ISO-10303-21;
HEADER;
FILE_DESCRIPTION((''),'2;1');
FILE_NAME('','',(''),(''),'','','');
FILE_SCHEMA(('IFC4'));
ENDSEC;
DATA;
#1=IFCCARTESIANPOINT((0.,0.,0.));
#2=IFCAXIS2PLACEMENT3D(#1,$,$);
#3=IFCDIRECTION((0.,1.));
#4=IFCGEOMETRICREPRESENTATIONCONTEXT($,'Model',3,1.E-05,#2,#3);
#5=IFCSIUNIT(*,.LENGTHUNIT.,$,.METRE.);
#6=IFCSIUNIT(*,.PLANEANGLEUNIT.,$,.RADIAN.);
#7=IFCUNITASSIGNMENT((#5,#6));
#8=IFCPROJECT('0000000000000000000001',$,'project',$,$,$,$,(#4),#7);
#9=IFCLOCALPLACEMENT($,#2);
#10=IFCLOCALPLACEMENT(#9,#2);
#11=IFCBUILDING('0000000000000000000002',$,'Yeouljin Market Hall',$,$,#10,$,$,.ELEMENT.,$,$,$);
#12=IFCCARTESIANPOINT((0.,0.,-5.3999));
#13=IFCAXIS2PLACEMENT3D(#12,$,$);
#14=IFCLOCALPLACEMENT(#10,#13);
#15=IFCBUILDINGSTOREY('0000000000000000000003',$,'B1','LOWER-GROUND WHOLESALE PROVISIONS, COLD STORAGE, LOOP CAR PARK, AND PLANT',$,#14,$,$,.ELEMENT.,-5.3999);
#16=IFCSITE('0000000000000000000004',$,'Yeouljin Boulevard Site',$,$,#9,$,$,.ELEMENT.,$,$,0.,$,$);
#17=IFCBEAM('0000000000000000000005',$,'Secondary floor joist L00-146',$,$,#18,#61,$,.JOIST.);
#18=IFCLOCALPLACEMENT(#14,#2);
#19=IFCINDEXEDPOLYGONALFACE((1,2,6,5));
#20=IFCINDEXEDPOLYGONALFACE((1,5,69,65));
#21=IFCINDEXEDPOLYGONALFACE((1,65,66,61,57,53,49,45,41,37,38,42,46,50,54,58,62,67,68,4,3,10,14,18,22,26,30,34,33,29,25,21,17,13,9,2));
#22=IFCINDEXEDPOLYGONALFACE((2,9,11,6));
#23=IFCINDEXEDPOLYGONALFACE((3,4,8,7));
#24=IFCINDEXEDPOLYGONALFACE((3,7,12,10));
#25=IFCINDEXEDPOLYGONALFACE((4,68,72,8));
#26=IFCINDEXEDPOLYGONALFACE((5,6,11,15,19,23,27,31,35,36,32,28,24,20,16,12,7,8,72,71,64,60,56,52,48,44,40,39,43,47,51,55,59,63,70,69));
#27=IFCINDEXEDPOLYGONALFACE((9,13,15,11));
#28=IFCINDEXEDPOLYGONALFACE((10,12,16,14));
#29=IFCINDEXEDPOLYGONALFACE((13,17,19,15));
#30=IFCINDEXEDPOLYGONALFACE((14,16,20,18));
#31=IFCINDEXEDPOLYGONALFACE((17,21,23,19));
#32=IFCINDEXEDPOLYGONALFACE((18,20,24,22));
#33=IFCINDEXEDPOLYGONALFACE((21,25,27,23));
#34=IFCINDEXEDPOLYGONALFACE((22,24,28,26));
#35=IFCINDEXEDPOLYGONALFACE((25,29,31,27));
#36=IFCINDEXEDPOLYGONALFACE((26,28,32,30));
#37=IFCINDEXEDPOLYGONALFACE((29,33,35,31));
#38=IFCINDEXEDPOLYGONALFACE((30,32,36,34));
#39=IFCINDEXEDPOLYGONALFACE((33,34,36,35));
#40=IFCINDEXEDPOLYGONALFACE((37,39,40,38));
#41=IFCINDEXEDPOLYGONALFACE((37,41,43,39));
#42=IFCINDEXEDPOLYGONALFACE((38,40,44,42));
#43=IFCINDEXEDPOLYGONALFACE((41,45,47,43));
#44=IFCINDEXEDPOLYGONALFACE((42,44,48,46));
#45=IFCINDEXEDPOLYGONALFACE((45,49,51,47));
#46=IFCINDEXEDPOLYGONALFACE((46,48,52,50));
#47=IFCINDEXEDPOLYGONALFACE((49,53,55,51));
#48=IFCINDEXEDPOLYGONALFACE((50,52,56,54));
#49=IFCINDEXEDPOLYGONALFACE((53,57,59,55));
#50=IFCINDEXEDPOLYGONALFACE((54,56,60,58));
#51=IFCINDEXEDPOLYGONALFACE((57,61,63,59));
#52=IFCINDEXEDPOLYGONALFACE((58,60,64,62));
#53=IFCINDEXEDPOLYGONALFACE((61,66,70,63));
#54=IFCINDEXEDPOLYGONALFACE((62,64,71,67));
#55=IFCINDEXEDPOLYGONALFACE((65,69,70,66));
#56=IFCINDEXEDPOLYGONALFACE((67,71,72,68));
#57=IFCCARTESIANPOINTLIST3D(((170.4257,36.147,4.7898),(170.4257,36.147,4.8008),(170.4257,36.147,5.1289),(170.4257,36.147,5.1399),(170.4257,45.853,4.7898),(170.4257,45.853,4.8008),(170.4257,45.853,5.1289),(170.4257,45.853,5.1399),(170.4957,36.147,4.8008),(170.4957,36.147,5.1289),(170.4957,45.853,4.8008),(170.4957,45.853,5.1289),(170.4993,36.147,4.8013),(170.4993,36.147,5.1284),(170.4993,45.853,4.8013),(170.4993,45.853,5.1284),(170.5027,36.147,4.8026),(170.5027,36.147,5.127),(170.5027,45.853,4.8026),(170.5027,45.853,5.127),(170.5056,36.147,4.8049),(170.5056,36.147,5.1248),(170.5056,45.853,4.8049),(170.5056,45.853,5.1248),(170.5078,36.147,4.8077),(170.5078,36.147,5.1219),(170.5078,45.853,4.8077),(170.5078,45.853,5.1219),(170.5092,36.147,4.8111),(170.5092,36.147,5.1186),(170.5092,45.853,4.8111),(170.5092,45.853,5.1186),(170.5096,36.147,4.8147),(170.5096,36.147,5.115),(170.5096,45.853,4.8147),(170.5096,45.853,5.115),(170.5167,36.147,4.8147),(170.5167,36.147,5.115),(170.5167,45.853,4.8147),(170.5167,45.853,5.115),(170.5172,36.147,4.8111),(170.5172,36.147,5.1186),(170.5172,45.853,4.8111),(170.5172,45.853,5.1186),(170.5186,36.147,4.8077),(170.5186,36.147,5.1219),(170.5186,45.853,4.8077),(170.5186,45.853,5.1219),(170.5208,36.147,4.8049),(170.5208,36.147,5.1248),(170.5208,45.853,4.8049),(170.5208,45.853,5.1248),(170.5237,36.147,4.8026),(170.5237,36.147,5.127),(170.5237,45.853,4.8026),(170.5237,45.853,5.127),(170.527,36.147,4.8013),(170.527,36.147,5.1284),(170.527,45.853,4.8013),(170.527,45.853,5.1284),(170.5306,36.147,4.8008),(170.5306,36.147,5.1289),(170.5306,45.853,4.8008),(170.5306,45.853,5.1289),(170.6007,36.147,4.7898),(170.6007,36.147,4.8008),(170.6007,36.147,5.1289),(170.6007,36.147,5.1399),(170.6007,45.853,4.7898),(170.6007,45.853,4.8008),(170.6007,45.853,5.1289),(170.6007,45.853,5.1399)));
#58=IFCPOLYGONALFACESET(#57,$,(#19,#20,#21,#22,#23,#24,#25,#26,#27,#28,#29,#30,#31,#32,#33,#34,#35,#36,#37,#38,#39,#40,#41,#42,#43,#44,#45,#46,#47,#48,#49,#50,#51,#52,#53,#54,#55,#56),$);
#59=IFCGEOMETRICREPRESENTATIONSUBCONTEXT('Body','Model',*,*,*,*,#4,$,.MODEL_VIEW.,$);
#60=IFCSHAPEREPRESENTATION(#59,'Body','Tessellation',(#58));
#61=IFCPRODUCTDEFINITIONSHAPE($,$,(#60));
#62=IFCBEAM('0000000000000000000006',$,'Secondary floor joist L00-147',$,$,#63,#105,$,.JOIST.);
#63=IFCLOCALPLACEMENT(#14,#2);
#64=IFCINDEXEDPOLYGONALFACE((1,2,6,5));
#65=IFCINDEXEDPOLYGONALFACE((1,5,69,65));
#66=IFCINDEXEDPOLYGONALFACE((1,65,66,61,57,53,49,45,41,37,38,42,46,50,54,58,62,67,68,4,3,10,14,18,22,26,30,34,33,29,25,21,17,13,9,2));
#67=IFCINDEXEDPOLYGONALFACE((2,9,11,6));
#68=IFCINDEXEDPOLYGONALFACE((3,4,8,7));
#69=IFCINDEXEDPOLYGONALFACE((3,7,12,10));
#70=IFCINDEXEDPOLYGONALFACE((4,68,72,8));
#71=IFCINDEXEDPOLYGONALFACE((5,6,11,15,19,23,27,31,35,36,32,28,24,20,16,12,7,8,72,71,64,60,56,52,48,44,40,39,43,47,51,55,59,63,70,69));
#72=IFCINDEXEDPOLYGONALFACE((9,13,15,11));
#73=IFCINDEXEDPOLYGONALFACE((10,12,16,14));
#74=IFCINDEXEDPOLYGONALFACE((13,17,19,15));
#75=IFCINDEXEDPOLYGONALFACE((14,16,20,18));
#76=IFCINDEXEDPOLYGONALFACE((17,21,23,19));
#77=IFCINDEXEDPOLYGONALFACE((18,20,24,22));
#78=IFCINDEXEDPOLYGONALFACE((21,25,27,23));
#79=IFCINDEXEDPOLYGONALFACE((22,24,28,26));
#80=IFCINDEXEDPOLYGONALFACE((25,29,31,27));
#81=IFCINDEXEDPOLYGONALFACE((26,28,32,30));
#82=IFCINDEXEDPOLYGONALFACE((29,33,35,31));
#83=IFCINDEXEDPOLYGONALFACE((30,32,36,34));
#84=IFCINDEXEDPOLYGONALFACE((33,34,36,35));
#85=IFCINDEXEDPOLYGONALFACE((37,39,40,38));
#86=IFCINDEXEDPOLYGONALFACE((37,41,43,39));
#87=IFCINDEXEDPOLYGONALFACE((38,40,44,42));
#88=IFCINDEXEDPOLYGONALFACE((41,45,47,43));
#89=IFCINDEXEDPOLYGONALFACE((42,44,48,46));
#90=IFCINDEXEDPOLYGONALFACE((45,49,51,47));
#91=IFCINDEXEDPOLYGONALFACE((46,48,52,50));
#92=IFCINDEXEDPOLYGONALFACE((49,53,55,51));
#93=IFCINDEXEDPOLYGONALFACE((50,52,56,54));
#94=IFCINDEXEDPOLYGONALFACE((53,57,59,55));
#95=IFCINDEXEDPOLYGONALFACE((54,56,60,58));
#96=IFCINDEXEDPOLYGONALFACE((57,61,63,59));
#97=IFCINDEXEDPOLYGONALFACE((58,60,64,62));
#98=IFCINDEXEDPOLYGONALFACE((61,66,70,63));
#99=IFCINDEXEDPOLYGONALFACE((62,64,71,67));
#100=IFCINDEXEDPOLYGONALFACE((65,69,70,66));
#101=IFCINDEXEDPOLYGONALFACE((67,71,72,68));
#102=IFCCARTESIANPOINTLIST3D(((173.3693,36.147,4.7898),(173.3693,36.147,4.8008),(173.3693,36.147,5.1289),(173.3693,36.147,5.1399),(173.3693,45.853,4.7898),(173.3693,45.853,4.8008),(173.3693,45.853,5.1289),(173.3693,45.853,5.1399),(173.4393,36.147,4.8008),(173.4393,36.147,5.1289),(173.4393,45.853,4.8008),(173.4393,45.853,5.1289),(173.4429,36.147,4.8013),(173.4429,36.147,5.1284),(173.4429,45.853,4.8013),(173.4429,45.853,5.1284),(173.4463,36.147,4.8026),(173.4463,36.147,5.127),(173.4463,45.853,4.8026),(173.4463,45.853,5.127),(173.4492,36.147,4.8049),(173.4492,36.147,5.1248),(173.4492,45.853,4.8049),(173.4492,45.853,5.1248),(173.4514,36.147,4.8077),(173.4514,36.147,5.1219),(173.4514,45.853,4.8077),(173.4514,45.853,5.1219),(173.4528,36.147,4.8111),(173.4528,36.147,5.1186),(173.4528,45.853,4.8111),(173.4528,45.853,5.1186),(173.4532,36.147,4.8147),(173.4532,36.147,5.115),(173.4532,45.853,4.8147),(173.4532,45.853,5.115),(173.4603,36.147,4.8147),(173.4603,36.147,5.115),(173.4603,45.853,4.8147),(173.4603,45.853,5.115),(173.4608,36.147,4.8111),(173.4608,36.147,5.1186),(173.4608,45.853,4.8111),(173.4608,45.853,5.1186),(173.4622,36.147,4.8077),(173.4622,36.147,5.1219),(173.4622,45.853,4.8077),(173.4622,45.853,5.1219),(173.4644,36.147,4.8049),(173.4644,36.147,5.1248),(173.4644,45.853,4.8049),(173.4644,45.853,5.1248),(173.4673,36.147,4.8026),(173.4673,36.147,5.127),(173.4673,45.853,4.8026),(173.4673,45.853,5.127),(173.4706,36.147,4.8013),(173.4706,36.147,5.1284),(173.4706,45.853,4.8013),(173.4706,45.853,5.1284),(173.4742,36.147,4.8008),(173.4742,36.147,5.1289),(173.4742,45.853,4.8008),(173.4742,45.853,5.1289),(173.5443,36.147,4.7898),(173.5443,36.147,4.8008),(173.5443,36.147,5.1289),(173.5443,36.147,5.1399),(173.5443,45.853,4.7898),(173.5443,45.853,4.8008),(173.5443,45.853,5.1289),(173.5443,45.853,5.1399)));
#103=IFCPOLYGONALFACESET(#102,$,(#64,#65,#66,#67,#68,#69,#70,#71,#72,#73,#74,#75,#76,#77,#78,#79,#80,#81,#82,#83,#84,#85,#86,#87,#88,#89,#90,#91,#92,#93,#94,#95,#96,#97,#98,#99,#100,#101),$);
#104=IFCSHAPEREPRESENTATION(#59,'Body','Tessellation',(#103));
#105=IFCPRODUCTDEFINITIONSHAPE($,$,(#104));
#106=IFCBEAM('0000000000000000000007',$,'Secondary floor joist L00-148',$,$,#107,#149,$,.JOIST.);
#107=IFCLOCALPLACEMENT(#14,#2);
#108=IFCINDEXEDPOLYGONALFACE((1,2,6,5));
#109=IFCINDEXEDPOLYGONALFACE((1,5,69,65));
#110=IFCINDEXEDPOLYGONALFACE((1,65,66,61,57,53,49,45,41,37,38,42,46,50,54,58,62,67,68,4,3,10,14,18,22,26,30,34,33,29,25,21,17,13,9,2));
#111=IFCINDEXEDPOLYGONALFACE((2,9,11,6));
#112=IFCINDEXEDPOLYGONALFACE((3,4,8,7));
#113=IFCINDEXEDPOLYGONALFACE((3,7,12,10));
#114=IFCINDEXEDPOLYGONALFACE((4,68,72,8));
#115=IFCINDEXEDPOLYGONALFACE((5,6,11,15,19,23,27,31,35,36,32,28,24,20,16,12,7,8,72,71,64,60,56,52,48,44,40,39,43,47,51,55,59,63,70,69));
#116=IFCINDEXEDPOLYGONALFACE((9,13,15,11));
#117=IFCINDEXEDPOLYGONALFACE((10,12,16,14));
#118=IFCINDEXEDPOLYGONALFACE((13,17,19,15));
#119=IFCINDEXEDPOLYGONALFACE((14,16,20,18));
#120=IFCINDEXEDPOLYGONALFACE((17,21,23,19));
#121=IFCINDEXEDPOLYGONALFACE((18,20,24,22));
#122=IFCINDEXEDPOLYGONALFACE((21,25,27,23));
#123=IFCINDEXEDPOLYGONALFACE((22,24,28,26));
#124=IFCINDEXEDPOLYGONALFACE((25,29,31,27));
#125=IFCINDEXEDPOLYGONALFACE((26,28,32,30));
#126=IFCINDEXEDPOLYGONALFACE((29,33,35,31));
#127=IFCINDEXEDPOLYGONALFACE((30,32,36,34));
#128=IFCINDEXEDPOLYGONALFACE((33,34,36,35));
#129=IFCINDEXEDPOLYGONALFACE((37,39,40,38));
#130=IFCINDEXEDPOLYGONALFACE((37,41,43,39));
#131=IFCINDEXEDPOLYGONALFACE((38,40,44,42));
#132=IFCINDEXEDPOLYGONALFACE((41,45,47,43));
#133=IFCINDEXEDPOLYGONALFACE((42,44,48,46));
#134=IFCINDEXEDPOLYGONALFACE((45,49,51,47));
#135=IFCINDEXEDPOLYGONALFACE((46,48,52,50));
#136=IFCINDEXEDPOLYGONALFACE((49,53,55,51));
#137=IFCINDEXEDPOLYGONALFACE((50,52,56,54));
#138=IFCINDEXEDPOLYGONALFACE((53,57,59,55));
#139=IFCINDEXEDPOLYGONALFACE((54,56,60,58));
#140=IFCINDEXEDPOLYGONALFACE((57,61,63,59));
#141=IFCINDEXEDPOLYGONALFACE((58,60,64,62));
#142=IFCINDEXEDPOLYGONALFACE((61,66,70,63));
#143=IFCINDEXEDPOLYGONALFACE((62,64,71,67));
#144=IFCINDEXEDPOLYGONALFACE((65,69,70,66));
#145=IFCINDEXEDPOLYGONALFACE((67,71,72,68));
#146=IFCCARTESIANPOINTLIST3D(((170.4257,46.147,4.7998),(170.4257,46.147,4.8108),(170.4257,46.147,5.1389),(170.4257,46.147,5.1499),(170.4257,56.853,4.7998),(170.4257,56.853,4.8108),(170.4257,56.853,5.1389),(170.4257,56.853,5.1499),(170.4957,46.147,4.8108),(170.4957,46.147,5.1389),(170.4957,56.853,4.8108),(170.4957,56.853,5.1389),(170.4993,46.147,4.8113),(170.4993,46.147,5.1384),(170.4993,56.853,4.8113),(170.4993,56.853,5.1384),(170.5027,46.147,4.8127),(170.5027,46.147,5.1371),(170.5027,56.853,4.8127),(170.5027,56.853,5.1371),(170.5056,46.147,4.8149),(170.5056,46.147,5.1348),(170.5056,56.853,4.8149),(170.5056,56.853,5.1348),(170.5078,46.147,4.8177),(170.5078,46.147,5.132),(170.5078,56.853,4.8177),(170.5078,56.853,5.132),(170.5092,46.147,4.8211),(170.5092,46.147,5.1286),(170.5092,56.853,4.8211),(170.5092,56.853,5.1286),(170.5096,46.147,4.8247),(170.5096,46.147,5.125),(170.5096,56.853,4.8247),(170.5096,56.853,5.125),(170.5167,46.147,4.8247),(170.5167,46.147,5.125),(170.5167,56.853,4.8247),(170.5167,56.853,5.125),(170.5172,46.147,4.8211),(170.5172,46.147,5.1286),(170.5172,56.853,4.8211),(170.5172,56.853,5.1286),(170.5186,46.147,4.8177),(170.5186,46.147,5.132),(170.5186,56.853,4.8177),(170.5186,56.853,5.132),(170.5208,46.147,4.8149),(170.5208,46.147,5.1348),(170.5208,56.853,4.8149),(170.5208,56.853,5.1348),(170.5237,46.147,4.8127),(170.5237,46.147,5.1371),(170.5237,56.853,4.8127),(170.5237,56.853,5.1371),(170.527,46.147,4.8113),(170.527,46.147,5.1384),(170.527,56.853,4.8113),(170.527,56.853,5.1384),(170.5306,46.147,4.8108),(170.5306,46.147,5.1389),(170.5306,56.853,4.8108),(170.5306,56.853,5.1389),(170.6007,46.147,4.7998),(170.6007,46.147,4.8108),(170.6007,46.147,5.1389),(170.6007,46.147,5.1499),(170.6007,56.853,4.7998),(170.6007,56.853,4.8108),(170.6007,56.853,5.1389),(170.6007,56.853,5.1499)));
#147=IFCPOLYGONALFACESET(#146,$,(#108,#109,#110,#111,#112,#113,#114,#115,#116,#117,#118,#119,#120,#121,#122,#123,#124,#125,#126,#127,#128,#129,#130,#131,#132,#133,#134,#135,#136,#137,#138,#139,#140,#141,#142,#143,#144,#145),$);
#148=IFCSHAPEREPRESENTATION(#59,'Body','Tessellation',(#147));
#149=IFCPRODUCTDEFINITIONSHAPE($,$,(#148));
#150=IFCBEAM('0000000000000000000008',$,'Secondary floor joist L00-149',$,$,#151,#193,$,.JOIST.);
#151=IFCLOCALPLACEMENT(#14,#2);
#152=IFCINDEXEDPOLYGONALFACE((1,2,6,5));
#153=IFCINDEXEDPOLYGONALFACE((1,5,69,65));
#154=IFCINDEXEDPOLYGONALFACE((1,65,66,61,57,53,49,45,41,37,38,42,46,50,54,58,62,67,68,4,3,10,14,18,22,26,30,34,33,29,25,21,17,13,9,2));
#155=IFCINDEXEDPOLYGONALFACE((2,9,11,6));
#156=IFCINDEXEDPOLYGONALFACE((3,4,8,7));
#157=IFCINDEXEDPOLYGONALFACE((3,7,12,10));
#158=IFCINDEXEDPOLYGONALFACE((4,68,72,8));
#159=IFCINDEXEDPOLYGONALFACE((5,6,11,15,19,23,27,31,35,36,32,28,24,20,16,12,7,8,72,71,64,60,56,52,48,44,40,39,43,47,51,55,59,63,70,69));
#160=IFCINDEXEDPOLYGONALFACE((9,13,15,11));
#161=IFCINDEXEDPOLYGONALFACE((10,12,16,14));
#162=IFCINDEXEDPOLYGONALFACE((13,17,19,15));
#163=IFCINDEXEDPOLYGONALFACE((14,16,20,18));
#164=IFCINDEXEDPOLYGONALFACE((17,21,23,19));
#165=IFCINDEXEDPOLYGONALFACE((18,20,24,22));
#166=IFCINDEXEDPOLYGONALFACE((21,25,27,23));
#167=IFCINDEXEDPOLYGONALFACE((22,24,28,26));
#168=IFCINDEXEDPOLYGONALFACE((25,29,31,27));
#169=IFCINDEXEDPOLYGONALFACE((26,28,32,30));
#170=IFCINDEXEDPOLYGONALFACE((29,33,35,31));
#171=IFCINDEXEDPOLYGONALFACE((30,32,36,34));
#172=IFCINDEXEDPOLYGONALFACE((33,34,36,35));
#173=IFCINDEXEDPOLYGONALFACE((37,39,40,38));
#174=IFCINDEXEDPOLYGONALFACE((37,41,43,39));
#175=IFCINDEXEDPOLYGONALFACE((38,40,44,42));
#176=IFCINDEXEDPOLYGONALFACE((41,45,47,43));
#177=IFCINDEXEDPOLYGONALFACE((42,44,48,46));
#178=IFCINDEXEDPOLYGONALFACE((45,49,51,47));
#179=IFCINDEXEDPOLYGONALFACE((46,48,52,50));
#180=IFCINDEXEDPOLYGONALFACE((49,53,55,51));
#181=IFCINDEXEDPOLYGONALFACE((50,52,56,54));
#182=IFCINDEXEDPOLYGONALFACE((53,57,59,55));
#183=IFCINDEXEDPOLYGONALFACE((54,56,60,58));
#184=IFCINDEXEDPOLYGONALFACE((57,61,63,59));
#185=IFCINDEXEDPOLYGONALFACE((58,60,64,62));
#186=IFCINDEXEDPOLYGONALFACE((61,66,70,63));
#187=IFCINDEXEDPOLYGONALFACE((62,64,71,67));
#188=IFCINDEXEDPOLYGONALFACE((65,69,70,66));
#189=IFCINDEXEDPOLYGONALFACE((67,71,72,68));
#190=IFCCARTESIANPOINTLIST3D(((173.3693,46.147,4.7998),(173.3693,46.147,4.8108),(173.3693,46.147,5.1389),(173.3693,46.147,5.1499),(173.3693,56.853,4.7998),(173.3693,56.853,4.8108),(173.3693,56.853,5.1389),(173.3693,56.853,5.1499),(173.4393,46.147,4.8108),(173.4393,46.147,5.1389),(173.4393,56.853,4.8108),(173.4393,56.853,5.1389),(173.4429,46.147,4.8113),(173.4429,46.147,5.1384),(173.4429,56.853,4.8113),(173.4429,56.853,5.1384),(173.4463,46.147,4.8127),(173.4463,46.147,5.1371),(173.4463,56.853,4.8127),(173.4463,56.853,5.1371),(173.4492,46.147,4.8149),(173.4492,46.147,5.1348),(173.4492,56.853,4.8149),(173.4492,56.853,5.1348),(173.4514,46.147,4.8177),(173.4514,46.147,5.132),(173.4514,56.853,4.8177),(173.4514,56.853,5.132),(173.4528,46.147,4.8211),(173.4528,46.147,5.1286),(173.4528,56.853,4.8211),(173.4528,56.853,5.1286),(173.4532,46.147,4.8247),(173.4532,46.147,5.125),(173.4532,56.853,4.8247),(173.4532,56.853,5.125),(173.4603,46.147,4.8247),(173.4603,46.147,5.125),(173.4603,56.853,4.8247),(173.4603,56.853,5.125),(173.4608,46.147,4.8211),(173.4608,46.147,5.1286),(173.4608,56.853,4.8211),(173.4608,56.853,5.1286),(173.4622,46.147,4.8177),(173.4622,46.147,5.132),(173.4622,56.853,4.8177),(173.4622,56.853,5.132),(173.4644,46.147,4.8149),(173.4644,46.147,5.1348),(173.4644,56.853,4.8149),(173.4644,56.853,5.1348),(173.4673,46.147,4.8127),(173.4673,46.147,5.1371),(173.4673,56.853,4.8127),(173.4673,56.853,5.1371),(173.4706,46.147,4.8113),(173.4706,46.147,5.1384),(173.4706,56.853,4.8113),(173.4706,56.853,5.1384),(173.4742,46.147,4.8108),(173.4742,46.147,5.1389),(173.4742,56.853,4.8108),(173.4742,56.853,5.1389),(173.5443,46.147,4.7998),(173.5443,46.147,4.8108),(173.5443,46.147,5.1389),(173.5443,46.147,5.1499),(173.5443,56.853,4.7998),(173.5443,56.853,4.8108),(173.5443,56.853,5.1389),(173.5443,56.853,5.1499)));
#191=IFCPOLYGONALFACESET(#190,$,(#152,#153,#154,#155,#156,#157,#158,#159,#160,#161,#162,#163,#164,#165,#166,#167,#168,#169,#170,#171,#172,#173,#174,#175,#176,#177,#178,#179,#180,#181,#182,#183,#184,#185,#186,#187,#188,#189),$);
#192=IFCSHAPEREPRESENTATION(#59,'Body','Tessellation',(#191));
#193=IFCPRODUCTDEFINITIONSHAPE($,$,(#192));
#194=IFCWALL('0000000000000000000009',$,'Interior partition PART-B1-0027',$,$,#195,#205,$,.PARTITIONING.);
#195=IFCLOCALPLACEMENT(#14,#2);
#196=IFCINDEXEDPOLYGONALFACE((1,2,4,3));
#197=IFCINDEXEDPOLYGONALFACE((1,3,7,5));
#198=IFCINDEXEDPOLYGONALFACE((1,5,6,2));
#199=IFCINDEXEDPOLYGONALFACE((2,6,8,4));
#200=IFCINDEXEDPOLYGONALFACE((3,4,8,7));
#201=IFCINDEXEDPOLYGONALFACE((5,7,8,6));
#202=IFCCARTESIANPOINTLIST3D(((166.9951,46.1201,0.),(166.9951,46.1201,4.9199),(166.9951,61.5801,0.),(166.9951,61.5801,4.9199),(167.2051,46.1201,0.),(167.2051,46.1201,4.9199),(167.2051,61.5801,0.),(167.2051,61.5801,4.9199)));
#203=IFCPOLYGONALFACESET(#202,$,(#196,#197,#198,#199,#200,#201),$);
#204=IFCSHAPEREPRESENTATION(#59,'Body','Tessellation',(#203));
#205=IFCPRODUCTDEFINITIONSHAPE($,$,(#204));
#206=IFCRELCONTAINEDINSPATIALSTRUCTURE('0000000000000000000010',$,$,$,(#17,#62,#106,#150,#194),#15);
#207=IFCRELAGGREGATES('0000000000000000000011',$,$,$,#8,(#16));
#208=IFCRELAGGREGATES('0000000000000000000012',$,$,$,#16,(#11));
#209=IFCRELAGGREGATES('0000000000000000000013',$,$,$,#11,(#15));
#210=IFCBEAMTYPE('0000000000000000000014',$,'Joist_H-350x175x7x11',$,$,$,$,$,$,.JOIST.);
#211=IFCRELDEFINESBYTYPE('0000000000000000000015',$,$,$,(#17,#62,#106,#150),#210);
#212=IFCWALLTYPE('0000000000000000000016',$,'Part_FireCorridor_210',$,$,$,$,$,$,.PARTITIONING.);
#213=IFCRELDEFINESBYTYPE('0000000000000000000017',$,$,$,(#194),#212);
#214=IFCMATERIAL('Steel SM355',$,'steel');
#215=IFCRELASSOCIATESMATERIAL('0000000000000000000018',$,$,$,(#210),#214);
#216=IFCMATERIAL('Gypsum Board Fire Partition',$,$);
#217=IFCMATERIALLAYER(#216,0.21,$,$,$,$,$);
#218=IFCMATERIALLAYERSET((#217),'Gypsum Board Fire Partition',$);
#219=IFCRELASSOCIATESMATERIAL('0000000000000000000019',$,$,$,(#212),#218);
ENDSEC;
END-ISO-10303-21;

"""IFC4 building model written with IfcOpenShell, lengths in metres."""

from ifc_helpers import new_model, si_unit, direction, frame, frame_2d, origin, origin_2d, place, context, subcontext, project, spatial, rectangle, i_section, extrude, material, layer, layer_set, material_profile, profile_set, type_object, element, save


model = new_model("IFC4")

# Units and contexts
model_context = context("Model", 3, precision=1e-05, world=origin(), true_north=direction((0.0, 1.0)))
body_context = subcontext(model_context, "Body", "Model", "MODEL_VIEW")
ifc_project = project(units=[si_unit("LENGTHUNIT", "METRE"), si_unit("PLANEANGLEUNIT", "RADIAN")], contexts=[model_context])

# Site, building, storey
site_placement = place(None, origin())
site = spatial("IfcSite", under=ifc_project, at=site_placement, Name="Yeouljin Boulevard Site", CompositionType="ELEMENT", RefElevation=0.0)
building_placement = place(site_placement, origin())
building = spatial("IfcBuilding", under=site, at=building_placement, Name="Yeouljin Market Hall", CompositionType="ELEMENT")
storey_placement = place(building_placement, frame((0.0, 0.0, -5.3999)))
storey = spatial("IfcBuildingStorey", under=building, at=storey_placement, Name="B1", Description="LOWER-GROUND WHOLESALE PROVISIONS, COLD STORAGE, LOOP CAR PARK, AND PLANT", CompositionType="ELEMENT", Elevation=-5.3999)

# Beams
ifc_material_1 = material(Name="Steel SM355", Category="steel")
ifc_material_profile_1 = material_profile(ifc_material_1, i_section(OverallWidth=0.175, OverallDepth=0.3501, WebThickness=0.0071, FlangeThickness=0.011, FilletRadius=0.0139, at=origin_2d()), Name="H-350x175x7x11")
ifc_profile_set_1 = profile_set([ifc_material_profile_1], Name="Steel SM355")
beam_type_1 = type_object("IfcBeamType", Name="Joist_H-350x175x7x11", PredefinedType="JOIST", material=ifc_profile_set_1)
for number, where, z_axis, x_axis, name in (
    (1, (170.5132, 36.147, 4.9648), (0.0, 1.0, 0.0), (-1.0, 0.0, 0.0), "Secondary floor joist L00-146"),
    (2, (173.4568, 36.147, 4.9648), (0.0, 1.0, 0.0), (-1.0, 0.0, 0.0), "Secondary floor joist L00-147"),
):
    element("IfcBeam", number, at=place(storey_placement, frame(where, z_axis=z_axis, x_axis=x_axis)), inside=storey, type_object=beam_type_1, Name=name, PredefinedType="JOIST", context=body_context, shape_type="SweptSolid", body=[
        extrude(i_section(OverallWidth=0.175, OverallDepth=0.3501, WebThickness=0.0071, FlangeThickness=0.011, FilletRadius=0.0139, at=origin_2d()), origin(), (0.0, 0.0, 1.0), 9.7061),
    ])
for number, where, z_axis, x_axis, name in (
    (3, (170.5132, 46.147, 4.9749), (0.0, 1.0, 0.0), (-1.0, 0.0, 0.0), "Secondary floor joist L00-148"),
    (4, (173.4568, 46.147, 4.9749), (0.0, 1.0, 0.0), (-1.0, 0.0, 0.0), "Secondary floor joist L00-149"),
):
    element("IfcBeam", number, at=place(storey_placement, frame(where, z_axis=z_axis, x_axis=x_axis)), inside=storey, type_object=beam_type_1, Name=name, PredefinedType="JOIST", context=body_context, shape_type="SweptSolid", body=[
        extrude(i_section(OverallWidth=0.175, OverallDepth=0.3501, WebThickness=0.0071, FlangeThickness=0.011, FilletRadius=0.0139, at=origin_2d()), origin(), (0.0, 0.0, 1.0), 10.7061),
    ])

# Wall
ifc_material_2 = material(Name="Gypsum Board Fire Partition")
ifc_layer = layer(ifc_material_2, 0.21)
ifc_layer_set = layer_set([ifc_layer], Name="Gypsum Board Fire Partition")
wall_type = type_object("IfcWallType", Name="Part_FireCorridor_210", PredefinedType="PARTITIONING", material=ifc_layer_set)
wall_placement = place(storey_placement, frame((167.1001, 46.1201, 0.0), z_axis=(0.0, 0.0, 1.0), x_axis=(0.0, 1.0, 0.0)))
element("IfcWall", 5, at=wall_placement, inside=storey, type_object=wall_type, Name="Interior partition PART-B1-0027", PredefinedType="PARTITIONING", context=body_context, shape_type="SweptSolid", body=[
    extrude(rectangle(XDim=15.46, YDim=0.21, at=frame_2d((7.73, 0.0))), origin(), (0.0, 0.0, 1.0), 4.9199),
])

save(model, "model.ifc")
